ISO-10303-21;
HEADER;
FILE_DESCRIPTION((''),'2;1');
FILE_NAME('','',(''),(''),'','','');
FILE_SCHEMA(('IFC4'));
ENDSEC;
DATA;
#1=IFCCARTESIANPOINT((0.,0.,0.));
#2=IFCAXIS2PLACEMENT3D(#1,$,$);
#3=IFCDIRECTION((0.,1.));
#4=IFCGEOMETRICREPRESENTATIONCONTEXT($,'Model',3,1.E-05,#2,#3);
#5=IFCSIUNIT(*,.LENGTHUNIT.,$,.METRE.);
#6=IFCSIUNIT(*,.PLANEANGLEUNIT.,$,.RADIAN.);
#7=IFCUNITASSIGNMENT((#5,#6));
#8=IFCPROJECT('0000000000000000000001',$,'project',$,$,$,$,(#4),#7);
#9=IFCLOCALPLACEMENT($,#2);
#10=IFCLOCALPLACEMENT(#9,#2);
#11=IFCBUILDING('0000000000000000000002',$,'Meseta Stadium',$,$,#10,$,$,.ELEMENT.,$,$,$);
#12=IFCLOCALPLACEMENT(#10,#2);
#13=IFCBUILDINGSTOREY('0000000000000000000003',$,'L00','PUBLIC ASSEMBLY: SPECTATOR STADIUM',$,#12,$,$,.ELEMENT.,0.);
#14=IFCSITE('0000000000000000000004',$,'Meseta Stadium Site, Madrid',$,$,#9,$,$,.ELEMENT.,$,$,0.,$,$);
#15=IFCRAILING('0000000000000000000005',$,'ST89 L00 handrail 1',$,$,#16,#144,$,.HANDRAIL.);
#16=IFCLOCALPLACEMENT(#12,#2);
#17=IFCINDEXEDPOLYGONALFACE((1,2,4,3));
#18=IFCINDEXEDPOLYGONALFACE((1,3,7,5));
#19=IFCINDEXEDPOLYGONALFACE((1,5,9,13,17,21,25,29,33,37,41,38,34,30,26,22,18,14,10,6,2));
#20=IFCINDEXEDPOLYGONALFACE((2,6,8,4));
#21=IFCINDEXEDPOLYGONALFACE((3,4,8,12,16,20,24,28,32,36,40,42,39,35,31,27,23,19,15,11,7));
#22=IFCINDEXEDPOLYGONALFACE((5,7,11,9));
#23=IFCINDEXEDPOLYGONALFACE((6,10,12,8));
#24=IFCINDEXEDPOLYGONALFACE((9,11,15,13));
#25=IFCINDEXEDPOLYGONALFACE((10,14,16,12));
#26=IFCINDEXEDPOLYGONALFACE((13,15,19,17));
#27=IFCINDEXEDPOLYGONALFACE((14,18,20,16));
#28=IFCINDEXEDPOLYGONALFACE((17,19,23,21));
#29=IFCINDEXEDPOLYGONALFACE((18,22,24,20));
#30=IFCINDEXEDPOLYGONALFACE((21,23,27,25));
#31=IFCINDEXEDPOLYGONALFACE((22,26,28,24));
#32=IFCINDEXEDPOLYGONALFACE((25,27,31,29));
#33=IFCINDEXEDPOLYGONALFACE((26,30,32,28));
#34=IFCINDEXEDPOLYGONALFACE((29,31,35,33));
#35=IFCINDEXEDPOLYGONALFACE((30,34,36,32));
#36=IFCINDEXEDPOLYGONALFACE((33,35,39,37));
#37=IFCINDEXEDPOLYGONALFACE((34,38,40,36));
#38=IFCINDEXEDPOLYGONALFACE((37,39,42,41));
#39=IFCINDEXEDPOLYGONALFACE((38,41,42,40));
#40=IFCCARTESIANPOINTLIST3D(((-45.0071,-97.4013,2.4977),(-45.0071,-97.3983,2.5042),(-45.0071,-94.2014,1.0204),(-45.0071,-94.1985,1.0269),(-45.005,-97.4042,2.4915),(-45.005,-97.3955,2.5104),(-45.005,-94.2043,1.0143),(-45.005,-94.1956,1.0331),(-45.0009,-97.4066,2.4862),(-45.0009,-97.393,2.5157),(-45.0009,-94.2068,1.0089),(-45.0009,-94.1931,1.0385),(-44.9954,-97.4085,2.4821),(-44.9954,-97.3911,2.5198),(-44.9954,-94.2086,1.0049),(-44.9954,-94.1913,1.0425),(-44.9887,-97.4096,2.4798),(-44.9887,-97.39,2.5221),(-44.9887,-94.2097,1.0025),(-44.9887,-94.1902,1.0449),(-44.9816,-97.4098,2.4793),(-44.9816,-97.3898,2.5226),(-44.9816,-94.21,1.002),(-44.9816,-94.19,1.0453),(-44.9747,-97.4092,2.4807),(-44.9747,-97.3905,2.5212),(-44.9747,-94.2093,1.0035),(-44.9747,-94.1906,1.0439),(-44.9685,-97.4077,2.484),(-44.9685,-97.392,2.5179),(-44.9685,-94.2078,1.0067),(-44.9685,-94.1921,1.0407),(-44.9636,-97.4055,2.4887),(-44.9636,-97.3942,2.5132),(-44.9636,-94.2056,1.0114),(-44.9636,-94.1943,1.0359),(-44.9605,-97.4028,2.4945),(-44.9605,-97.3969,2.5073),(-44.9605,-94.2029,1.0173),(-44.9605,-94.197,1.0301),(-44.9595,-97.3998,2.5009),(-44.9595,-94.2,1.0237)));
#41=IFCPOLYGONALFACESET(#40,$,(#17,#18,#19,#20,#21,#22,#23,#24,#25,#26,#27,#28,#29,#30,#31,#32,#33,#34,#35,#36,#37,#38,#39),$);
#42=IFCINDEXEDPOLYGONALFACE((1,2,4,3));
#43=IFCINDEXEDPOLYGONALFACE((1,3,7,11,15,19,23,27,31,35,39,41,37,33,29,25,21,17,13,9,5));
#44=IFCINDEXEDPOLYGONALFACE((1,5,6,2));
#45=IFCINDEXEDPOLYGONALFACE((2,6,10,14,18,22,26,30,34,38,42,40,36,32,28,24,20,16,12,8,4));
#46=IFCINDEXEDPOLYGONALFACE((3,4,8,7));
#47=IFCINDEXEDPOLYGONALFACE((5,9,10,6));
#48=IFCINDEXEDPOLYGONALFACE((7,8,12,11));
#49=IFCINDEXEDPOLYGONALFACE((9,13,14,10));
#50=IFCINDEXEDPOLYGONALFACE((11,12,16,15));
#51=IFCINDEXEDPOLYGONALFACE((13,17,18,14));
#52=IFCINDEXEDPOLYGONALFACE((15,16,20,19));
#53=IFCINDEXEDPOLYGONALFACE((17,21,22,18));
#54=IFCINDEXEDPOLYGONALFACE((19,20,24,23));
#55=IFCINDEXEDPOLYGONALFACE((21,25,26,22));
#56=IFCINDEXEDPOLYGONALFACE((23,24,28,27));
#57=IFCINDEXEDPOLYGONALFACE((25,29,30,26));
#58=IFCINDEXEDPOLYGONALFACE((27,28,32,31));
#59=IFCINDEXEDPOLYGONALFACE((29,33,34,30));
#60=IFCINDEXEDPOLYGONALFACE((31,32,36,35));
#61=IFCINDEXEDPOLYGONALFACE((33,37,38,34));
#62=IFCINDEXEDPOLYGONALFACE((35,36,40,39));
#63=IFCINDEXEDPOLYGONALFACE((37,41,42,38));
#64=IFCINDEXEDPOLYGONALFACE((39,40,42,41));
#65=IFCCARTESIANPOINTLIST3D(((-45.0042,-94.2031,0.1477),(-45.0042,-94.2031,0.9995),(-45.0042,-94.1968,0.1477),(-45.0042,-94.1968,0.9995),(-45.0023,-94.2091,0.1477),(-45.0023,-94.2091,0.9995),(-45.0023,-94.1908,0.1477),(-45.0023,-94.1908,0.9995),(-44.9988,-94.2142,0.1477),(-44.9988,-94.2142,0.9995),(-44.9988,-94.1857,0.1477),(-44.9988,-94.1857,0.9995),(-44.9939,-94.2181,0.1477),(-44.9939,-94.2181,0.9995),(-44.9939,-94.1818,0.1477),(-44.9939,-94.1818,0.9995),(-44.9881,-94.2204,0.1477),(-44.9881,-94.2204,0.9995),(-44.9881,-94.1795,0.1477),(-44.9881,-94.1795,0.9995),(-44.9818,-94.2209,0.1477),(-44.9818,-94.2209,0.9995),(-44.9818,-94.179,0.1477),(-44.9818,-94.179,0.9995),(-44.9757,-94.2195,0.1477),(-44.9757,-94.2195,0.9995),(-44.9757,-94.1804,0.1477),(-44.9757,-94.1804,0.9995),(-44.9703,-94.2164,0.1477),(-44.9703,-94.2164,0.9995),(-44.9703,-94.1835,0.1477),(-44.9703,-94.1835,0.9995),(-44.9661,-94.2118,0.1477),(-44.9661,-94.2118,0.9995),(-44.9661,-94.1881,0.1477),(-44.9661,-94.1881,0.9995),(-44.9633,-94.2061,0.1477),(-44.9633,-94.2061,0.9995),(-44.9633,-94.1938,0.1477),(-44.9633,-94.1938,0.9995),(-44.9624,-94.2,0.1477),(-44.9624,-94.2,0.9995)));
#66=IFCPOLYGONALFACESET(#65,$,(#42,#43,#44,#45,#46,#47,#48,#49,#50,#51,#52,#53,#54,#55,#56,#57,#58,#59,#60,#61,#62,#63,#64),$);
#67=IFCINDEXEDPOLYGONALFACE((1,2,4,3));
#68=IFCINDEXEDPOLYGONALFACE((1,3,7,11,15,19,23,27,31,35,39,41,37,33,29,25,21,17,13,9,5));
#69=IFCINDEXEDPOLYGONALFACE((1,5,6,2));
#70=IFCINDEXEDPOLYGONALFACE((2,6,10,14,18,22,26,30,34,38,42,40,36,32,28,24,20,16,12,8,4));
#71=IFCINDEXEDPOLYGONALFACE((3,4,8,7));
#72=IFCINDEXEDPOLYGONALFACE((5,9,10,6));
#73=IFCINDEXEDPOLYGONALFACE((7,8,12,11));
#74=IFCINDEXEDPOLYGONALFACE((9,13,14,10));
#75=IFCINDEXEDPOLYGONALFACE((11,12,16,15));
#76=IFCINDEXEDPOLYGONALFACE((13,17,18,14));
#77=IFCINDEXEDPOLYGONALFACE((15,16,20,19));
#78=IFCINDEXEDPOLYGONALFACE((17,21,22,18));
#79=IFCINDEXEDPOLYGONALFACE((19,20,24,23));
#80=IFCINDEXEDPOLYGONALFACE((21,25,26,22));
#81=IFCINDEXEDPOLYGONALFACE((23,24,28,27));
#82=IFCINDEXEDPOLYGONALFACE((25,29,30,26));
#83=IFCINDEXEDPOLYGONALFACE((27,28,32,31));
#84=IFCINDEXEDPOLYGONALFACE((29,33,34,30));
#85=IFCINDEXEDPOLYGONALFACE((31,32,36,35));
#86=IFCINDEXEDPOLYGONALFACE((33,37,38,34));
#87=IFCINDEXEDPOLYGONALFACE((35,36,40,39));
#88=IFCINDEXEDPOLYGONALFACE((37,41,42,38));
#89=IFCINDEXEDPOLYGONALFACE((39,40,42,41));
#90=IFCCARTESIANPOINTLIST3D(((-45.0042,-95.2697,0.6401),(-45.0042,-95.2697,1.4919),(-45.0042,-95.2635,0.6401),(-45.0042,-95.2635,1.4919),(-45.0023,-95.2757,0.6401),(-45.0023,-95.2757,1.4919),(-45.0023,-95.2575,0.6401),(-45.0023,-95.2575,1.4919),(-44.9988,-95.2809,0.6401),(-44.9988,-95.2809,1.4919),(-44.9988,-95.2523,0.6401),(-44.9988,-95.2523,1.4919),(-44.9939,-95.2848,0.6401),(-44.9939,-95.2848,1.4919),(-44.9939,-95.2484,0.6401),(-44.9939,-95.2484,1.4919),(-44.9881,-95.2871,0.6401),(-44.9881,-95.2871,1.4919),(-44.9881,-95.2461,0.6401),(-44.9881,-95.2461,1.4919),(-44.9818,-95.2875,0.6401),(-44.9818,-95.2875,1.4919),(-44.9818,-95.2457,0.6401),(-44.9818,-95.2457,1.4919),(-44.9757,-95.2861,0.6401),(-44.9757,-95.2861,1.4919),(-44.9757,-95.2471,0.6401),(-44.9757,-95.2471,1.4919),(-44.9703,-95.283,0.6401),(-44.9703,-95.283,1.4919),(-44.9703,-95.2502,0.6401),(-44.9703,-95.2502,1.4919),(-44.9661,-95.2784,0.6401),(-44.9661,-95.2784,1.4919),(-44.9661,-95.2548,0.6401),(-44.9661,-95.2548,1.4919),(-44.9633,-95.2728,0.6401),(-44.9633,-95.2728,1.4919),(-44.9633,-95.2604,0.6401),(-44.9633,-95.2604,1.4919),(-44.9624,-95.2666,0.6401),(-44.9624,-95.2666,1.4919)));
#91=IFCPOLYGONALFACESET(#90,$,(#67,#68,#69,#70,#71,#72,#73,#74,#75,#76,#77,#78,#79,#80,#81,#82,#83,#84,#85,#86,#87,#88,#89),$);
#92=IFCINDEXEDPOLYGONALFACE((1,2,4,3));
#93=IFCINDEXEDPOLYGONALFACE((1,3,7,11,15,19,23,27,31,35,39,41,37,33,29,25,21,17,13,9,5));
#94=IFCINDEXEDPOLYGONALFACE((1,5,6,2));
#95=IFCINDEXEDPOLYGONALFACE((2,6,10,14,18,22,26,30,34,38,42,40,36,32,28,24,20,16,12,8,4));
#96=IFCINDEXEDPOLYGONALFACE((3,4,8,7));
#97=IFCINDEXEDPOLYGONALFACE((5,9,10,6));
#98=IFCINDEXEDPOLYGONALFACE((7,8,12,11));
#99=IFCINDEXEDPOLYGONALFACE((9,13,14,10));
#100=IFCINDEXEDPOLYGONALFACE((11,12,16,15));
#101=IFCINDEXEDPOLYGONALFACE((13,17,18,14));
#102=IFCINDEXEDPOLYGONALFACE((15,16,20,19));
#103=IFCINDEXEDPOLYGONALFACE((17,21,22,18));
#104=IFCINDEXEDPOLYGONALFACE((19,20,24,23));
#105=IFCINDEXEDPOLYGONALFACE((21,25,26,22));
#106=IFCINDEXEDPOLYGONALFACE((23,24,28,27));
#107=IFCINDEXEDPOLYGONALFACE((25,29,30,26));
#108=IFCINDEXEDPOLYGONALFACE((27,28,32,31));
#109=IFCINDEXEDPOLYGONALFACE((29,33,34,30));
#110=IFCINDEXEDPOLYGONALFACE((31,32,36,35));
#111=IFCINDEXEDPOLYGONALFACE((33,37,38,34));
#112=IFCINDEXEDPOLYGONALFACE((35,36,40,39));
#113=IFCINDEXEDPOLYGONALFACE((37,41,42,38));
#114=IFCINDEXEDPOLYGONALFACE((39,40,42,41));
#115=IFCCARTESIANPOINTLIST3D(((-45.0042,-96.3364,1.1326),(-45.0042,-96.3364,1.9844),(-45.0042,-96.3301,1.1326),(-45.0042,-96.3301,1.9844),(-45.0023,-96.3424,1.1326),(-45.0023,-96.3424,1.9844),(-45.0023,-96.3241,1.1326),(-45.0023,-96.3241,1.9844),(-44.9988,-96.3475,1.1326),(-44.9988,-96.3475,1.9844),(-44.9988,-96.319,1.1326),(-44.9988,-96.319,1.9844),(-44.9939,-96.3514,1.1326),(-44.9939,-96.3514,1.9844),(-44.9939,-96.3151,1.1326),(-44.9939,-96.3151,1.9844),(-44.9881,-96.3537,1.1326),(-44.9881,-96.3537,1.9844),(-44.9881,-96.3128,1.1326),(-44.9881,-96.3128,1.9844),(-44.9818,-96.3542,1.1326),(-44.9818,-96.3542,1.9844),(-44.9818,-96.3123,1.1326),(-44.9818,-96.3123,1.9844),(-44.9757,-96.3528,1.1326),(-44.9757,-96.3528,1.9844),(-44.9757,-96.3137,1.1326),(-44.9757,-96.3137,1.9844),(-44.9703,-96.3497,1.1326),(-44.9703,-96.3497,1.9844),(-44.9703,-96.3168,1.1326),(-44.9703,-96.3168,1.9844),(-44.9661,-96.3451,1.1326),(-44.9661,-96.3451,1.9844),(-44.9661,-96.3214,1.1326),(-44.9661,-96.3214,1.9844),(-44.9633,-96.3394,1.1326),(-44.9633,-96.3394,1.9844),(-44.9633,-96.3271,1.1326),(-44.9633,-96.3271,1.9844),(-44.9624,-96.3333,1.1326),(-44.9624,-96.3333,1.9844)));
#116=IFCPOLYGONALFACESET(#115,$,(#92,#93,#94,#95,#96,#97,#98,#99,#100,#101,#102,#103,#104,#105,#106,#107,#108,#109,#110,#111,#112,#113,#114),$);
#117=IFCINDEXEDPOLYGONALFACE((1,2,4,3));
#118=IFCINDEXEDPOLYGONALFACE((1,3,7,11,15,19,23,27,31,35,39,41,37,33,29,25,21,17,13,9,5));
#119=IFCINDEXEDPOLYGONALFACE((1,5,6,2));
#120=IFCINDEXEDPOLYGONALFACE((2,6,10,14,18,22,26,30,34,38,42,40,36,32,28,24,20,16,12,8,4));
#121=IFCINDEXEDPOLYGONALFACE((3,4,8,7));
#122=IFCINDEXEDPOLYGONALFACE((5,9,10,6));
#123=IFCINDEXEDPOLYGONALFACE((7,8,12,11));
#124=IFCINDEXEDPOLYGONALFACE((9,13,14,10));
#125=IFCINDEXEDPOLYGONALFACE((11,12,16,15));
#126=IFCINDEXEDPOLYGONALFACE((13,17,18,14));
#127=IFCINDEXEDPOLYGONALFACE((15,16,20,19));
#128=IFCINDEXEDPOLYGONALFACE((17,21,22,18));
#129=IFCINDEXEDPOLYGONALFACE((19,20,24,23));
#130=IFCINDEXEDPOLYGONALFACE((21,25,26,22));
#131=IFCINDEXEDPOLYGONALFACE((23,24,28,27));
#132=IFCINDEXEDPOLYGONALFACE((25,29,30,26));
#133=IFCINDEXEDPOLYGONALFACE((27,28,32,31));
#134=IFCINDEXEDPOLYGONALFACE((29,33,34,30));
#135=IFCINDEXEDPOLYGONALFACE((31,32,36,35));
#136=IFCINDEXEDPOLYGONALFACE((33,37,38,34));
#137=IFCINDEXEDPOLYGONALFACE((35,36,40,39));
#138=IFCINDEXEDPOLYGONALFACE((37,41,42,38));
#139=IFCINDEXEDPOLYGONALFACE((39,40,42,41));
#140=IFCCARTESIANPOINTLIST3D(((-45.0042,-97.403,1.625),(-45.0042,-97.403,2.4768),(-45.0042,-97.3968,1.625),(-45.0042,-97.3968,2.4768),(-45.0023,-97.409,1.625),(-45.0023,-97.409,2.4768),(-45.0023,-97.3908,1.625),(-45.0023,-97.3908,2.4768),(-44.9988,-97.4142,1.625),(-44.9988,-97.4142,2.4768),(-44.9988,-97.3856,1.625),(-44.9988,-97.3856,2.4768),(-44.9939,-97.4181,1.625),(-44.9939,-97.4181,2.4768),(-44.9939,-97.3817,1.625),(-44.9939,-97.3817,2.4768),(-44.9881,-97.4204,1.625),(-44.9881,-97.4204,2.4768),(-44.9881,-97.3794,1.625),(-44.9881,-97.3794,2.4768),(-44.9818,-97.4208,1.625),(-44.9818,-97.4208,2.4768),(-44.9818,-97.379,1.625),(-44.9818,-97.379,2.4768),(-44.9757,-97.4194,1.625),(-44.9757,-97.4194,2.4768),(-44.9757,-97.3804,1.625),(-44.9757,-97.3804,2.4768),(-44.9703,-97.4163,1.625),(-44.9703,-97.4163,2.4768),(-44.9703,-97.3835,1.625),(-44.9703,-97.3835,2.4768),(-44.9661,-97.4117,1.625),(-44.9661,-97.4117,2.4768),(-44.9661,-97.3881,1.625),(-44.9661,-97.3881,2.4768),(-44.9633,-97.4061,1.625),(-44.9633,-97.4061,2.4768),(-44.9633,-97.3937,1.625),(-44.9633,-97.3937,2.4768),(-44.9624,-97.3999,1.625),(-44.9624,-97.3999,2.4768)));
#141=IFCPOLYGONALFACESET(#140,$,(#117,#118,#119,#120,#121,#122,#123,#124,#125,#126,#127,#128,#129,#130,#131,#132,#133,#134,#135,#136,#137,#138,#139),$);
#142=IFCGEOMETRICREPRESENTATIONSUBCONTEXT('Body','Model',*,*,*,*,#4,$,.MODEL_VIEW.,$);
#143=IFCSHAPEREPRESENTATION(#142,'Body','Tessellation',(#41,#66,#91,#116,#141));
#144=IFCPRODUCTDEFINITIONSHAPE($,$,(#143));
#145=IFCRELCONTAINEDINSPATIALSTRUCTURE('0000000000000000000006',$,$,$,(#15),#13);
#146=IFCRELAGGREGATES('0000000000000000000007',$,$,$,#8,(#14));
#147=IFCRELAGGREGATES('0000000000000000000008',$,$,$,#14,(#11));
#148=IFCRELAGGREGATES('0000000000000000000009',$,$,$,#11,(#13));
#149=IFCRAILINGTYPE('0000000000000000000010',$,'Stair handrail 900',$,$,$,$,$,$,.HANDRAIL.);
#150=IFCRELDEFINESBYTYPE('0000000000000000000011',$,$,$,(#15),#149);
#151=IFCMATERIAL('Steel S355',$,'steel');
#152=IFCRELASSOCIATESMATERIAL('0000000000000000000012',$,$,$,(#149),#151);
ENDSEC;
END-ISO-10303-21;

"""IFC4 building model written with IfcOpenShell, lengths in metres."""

from ifc_helpers import new_model, si_unit, direction, frame, origin, origin_2d, place, context, subcontext, project, spatial, circle, extrude, material, type_object, element, save


model = new_model("IFC4")

# Units and contexts
model_context = context("Model", 3, precision=1e-05, world=origin(), true_north=direction((0.0, 1.0)))
body_context = subcontext(model_context, "Body", "Model", "MODEL_VIEW")
ifc_project = project(units=[si_unit("LENGTHUNIT", "METRE"), si_unit("PLANEANGLEUNIT", "RADIAN")], contexts=[model_context])

# Site, building, storey
site_placement = place(None, origin())
site = spatial("IfcSite", under=ifc_project, at=site_placement, Name="Meseta Stadium Site, Madrid", CompositionType="ELEMENT", RefElevation=0.0)
building_placement = place(site_placement, origin())
building = spatial("IfcBuilding", under=site, at=building_placement, Name="Meseta Stadium", CompositionType="ELEMENT")
storey_placement = place(building_placement, origin())
storey = spatial("IfcBuildingStorey", under=building, at=storey_placement, Name="L00", Description="PUBLIC ASSEMBLY: SPECTATOR STADIUM", CompositionType="ELEMENT", Elevation=0.0)

# Railing
ifc_material_1 = material(Name="Steel S355", Category="steel")
railing_type_1 = type_object("IfcRailingType", Name="Stair handrail 900", PredefinedType="HANDRAIL", material=ifc_material_1)
railing_1_placement = place(storey_placement, frame((-44.9834, -94.2, 0.1477)))
element("IfcRailing", 1, at=railing_1_placement, inside=storey, type_object=railing_type_1, Name="ST89 L00 handrail 1", PredefinedType="HANDRAIL", context=body_context, shape_type="SweptSolid", body=[
    extrude(circle(Radius=0.0239, at=origin_2d()), frame((0.0, 0.0, 0.876), z_axis=(0.0, -0.907917, 0.41915), x_axis=(1.0, 0.0, 0.0)), (0.0, 0.0, 1.0), 3.5244),
    extrude(circle(Radius=0.021, at=origin_2d()), origin(), (0.0, 0.0, 1.0), 0.8518),
    extrude(circle(Radius=0.021, at=origin_2d()), frame((0.0, -1.0667, 0.4924)), (0.0, 0.0, 1.0), 0.8518),
    extrude(circle(Radius=0.021, at=origin_2d()), frame((0.0, -2.1333, 0.9849)), (0.0, 0.0, 1.0), 0.8518),
    extrude(circle(Radius=0.021, at=origin_2d()), frame((0.0, -3.2, 1.4773)), (0.0, 0.0, 1.0), 0.8518),
])

save(model, "model.ifc")
